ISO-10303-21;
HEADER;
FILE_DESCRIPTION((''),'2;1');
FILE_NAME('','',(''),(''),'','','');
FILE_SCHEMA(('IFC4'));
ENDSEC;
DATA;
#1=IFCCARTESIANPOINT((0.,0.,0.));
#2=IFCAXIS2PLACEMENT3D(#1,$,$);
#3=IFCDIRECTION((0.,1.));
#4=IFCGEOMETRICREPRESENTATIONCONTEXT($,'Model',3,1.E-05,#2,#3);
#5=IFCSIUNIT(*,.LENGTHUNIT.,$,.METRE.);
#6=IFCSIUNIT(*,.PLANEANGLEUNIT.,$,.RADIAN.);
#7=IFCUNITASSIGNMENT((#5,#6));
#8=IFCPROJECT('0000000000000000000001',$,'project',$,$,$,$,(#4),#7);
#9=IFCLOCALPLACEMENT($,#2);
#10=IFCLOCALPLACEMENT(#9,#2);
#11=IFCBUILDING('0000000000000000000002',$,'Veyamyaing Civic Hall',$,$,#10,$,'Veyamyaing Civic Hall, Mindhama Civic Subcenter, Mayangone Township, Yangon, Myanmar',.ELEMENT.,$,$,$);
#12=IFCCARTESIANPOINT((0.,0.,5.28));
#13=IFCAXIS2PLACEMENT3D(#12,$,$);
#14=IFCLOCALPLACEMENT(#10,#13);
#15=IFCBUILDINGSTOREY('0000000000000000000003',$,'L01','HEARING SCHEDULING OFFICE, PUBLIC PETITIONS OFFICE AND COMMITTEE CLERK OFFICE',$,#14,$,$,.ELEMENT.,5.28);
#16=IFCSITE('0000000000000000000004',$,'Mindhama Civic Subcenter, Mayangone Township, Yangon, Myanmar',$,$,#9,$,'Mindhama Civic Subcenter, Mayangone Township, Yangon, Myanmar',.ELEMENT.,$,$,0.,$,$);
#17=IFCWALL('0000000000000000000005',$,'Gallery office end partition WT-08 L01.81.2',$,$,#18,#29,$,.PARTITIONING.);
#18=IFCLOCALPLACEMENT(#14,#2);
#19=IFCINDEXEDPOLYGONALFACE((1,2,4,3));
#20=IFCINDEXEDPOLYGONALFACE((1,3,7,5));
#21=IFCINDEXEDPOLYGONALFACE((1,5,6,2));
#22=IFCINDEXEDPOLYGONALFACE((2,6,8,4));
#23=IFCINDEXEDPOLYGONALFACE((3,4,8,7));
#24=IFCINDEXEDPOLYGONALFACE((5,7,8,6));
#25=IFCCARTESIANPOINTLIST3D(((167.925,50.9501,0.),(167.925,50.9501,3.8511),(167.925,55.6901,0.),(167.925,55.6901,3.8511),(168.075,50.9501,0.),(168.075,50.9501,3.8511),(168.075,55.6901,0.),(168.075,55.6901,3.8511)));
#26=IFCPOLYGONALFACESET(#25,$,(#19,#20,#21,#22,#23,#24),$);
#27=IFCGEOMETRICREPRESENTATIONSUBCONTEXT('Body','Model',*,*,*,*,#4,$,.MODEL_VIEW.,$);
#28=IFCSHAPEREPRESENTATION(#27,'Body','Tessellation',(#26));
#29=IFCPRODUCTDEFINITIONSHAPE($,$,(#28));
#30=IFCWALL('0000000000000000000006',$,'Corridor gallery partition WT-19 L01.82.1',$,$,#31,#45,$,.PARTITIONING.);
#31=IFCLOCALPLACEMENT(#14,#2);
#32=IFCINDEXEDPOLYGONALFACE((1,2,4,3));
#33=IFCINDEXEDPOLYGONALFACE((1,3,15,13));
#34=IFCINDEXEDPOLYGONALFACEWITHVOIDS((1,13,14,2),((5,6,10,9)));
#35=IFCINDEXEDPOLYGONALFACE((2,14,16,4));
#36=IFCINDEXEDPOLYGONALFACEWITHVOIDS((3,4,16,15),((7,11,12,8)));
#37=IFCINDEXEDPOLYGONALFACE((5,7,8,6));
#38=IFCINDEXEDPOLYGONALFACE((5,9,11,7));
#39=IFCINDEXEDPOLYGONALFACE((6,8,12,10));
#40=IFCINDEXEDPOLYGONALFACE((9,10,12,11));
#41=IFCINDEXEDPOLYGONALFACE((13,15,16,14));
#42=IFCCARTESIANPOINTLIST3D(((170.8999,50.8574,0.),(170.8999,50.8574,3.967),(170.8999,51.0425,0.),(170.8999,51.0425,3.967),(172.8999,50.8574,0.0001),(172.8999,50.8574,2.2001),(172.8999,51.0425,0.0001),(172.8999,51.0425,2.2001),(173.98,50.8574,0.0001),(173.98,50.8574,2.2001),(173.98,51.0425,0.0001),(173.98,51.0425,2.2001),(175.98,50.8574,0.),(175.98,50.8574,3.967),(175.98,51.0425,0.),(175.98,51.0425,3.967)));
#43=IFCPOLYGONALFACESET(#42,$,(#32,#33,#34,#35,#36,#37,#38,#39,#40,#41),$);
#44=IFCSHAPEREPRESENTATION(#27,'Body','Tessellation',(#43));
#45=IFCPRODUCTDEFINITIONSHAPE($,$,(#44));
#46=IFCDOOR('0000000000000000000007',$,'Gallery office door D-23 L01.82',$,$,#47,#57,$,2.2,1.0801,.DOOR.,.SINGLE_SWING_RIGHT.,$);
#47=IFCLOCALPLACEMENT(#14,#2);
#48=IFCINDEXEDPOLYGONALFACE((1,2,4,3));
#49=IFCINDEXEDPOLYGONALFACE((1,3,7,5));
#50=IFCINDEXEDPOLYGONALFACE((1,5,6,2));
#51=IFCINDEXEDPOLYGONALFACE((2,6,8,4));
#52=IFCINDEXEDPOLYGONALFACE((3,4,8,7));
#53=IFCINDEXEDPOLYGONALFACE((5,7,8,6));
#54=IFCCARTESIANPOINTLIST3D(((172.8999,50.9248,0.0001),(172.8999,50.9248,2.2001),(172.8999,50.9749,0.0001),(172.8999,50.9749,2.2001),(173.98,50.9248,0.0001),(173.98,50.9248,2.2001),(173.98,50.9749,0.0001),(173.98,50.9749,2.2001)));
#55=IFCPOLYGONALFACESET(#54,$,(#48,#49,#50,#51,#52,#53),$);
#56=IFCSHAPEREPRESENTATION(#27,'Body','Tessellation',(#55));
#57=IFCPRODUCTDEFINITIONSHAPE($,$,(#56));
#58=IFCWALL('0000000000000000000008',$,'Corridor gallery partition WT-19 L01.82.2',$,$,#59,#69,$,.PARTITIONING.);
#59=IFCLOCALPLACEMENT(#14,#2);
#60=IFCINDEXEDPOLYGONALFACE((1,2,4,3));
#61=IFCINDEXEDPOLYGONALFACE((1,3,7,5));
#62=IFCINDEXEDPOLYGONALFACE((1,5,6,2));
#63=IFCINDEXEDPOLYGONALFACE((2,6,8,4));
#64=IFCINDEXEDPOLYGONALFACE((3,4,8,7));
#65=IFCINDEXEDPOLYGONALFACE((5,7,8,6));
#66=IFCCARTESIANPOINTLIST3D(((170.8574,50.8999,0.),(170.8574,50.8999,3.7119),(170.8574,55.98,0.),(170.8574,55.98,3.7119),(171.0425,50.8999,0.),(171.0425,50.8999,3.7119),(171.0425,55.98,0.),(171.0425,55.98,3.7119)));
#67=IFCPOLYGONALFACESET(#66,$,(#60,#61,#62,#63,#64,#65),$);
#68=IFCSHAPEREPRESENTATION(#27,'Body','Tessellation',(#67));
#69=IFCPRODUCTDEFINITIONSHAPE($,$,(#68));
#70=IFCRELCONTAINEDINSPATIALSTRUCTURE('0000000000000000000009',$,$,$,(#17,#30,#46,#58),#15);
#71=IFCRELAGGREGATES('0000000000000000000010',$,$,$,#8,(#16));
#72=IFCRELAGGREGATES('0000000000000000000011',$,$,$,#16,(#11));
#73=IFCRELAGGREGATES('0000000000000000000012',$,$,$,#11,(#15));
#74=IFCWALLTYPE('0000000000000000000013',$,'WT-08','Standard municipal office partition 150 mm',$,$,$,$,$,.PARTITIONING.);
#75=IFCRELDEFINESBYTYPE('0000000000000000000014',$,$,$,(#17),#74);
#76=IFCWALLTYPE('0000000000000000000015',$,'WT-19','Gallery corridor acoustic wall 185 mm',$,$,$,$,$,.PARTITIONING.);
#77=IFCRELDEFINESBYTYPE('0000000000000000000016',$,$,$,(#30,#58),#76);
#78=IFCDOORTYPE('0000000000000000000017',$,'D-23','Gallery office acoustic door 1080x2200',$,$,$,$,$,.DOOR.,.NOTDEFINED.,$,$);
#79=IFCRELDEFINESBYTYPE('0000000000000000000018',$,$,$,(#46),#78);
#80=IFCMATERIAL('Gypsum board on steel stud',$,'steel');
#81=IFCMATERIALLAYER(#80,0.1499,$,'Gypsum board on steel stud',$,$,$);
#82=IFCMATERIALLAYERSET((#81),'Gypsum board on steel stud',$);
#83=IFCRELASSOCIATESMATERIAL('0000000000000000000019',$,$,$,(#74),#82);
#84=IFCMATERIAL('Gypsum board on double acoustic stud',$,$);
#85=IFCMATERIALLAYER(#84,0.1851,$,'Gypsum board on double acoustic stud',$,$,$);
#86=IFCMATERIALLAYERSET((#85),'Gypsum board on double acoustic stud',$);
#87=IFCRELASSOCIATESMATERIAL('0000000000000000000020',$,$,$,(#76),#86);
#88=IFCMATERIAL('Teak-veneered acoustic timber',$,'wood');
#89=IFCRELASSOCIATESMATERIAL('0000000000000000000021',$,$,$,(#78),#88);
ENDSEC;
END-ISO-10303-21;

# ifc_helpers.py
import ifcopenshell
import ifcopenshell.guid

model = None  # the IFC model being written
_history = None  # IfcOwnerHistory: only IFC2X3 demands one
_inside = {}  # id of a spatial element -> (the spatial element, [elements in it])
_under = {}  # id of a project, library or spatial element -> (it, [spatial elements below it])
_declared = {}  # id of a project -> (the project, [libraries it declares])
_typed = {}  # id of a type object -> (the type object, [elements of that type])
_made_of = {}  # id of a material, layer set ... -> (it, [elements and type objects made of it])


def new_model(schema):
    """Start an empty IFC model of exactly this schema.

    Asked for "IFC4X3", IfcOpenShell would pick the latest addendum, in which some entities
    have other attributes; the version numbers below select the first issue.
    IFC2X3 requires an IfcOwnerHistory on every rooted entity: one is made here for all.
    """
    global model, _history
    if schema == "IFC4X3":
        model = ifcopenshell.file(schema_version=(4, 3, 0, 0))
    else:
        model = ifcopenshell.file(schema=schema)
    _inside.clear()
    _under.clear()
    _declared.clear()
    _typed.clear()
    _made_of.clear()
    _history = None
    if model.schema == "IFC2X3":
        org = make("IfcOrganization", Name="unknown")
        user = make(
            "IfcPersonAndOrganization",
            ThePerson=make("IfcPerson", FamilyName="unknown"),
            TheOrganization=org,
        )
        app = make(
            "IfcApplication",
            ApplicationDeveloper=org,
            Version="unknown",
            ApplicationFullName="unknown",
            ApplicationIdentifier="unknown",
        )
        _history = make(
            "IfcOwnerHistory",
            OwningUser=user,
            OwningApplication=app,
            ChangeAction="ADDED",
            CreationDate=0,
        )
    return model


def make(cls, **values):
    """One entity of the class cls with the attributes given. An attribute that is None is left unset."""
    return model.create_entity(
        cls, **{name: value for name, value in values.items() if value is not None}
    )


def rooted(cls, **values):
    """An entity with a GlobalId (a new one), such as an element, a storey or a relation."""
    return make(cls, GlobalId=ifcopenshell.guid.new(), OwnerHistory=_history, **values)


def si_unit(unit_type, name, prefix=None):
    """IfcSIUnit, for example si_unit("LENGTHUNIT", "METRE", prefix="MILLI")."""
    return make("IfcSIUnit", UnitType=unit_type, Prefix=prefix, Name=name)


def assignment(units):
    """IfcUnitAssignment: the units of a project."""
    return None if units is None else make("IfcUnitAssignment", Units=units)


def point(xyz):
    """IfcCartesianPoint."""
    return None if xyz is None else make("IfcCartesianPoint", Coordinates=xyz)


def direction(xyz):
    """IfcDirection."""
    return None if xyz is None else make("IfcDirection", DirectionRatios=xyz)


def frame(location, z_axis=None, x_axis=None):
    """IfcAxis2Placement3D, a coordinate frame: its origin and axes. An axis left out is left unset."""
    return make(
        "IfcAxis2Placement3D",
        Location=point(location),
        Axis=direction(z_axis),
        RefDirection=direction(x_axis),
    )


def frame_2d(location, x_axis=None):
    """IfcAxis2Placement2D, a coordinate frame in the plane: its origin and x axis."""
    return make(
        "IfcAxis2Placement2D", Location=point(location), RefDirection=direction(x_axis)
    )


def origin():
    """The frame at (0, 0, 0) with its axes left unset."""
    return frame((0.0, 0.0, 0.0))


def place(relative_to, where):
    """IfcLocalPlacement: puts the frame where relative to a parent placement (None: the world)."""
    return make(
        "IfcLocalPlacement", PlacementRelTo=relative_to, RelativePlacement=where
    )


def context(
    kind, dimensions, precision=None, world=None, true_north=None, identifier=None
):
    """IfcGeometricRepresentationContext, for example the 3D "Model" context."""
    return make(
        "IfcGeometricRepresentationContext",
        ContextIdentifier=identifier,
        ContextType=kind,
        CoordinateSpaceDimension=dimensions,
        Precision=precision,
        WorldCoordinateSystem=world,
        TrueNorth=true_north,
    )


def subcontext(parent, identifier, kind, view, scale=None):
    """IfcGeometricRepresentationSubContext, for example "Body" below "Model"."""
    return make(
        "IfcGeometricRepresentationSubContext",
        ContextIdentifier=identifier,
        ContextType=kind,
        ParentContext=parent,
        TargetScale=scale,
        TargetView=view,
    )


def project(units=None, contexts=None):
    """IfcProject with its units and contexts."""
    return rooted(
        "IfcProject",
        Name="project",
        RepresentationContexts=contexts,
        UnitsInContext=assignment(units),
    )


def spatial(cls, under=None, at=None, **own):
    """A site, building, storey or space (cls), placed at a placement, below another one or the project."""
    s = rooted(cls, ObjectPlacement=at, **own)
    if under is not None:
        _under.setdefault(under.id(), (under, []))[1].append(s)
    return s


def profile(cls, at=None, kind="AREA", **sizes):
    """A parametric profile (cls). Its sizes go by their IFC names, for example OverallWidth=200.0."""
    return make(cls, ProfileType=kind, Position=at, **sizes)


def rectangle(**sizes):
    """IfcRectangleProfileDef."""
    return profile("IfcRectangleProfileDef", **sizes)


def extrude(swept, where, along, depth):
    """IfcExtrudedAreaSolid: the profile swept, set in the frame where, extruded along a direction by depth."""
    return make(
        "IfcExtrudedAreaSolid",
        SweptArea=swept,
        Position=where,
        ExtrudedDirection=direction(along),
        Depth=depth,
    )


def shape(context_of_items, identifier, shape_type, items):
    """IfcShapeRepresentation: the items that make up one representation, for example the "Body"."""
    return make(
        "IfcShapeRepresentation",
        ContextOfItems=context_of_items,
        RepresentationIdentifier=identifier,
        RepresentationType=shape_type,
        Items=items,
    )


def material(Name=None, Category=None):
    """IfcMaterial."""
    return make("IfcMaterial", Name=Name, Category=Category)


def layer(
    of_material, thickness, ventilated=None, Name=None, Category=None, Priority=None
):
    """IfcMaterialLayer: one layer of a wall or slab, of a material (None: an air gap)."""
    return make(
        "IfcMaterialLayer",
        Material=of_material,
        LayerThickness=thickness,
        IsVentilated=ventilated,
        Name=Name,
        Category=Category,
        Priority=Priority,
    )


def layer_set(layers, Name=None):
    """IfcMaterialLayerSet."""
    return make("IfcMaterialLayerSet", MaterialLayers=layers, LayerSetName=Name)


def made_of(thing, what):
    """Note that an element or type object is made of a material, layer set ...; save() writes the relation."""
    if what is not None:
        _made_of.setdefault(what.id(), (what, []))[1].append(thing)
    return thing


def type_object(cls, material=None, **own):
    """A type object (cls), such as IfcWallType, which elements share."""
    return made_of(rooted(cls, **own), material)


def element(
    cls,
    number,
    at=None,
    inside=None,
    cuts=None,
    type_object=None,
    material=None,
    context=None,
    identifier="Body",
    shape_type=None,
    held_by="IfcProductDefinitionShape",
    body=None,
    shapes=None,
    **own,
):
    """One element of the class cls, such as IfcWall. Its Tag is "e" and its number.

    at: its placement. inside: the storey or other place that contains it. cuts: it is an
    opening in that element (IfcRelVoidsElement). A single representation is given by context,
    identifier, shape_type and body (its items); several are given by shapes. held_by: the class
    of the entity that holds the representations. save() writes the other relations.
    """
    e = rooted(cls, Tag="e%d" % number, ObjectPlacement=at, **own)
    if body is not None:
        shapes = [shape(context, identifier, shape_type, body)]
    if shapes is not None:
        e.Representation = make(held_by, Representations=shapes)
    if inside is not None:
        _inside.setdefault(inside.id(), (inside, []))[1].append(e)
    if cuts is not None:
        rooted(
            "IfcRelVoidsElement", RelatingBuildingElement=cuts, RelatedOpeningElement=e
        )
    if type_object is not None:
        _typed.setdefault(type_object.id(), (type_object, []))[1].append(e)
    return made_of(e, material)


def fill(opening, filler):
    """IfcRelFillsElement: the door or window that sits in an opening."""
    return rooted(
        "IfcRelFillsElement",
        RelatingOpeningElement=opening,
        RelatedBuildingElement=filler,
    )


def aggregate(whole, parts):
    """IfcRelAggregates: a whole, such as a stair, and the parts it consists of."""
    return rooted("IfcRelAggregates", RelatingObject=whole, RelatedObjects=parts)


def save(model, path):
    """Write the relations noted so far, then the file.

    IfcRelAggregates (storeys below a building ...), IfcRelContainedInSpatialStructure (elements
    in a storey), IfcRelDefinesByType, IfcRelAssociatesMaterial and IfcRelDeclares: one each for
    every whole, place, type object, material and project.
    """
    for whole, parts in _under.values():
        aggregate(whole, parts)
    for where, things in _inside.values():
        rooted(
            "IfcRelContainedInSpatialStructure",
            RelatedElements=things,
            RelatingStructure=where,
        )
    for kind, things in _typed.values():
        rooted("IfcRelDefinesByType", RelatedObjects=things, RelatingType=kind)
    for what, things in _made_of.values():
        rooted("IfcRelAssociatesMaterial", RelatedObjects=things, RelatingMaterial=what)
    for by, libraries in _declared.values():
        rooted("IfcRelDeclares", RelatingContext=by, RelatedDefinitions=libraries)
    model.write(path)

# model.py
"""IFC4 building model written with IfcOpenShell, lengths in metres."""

from ifc_helpers import new_model, si_unit, direction, frame, frame_2d, origin, place, context, subcontext, project, spatial, rectangle, extrude, material, layer, layer_set, type_object, element, fill, save


model = new_model("IFC4")

# Units and contexts
model_context = context("Model", 3, precision=1e-05, world=origin(), true_north=direction((0.0, 1.0)))
body_context = subcontext(model_context, "Body", "Model", "MODEL_VIEW")
ifc_project = project(units=[si_unit("LENGTHUNIT", "METRE"), si_unit("PLANEANGLEUNIT", "RADIAN")], contexts=[model_context])

# Site, building, storey
site_placement = place(None, origin())
site = spatial("IfcSite", under=ifc_project, at=site_placement, Name="Mindhama Civic Subcenter, Mayangone Township, Yangon, Myanmar", LongName="Mindhama Civic Subcenter, Mayangone Township, Yangon, Myanmar", CompositionType="ELEMENT", RefElevation=0.0)
building_placement = place(site_placement, origin())
building = spatial("IfcBuilding", under=site, at=building_placement, Name="Veyamyaing Civic Hall", LongName="Veyamyaing Civic Hall, Mindhama Civic Subcenter, Mayangone Township, Yangon, Myanmar", CompositionType="ELEMENT")
storey_placement = place(building_placement, frame((0.0, 0.0, 5.28)))
storey = spatial("IfcBuildingStorey", under=building, at=storey_placement, Name="L01", Description="HEARING SCHEDULING OFFICE, PUBLIC PETITIONS OFFICE AND COMMITTEE CLERK OFFICE", CompositionType="ELEMENT", Elevation=5.28)

# Wall
ifc_material_1 = material(Name="Gypsum board on steel stud", Category="steel")
ifc_layer_1 = layer(ifc_material_1, 0.1499, Name="Gypsum board on steel stud")
ifc_layer_set_1 = layer_set([ifc_layer_1], Name="Gypsum board on steel stud")
wall_type_1 = type_object("IfcWallType", Name="WT-08", Description="Standard municipal office partition 150 mm", PredefinedType="PARTITIONING", material=ifc_layer_set_1)
wall_1_placement = place(storey_placement, frame((168.0, 50.95, 0.0), z_axis=(0.0, 0.0, 1.0), x_axis=(0.0, 1.0, 0.0)))
element("IfcWall", 1, at=wall_1_placement, inside=storey, type_object=wall_type_1, Name="Gallery office end partition WT-08 L01.81.2", PredefinedType="PARTITIONING", context=body_context, shape_type="SweptSolid", body=[
    extrude(rectangle(XDim=4.74, YDim=0.1499, at=frame_2d((2.3701, 0.0))), origin(), (0.0, 0.0, 1.0), 3.8511),
])

# Wall, opening, door
ifc_material_2 = material(Name="Gypsum board on double acoustic stud")
ifc_layer_2 = layer(ifc_material_2, 0.1851, Name="Gypsum board on double acoustic stud")
ifc_layer_set_2 = layer_set([ifc_layer_2], Name="Gypsum board on double acoustic stud")
wall_type_2 = type_object("IfcWallType", Name="WT-19", Description="Gallery corridor acoustic wall 185 mm", PredefinedType="PARTITIONING", material=ifc_layer_set_2)
wall_2_placement = place(storey_placement, frame((170.8999, 50.95, 0.0), z_axis=(0.0, 0.0, 1.0), x_axis=(1.0, 0.0, 0.0)))
wall_2 = element("IfcWall", 2, at=wall_2_placement, inside=storey, type_object=wall_type_2, Name="Corridor gallery partition WT-19 L01.82.1", PredefinedType="PARTITIONING", context=body_context, shape_type="SweptSolid", body=[
    extrude(rectangle(XDim=5.0801, YDim=0.1851, at=frame_2d((2.54, 0.0))), origin(), (0.0, 0.0, 1.0), 3.967),
])
opening_placement = place(wall_2_placement, frame((2.0, 0.0, 0.0)))
opening = element("IfcOpeningElement", 3, at=opening_placement, cuts=wall_2, PredefinedType="OPENING", context=body_context, shape_type="SweptSolid", body=[
    extrude(rectangle(XDim=1.0801, YDim=2.2, at=frame_2d((0.54, 1.1001))), frame((0.0, 0.1025, 0.0), z_axis=(0.0, -1.0, 0.0), x_axis=(1.0, 0.0, 0.0)), (0.0, 0.0, 1.0), 0.2051),
])
ifc_material_3 = material(Name="Teak-veneered acoustic timber", Category="wood")
door_type = type_object("IfcDoorType", Name="D-23", Description="Gallery office acoustic door 1080x2200", OperationType="NOTDEFINED", PredefinedType="DOOR", material=ifc_material_3)
door_placement = place(opening_placement, origin())
door = element("IfcDoor", 4, at=door_placement, inside=storey, type_object=door_type, Name="Gallery office door D-23 L01.82", OperationType="SINGLE_SWING_RIGHT", OverallHeight=2.2, OverallWidth=1.0801, PredefinedType="DOOR", context=body_context, shape_type="SweptSolid", body=[
    extrude(rectangle(XDim=1.0801, YDim=2.2, at=frame_2d((0.54, 1.1001))), frame((0.0, 0.0249, 0.0), z_axis=(0.0, -1.0, 0.0), x_axis=(1.0, 0.0, 0.0)), (0.0, 0.0, 1.0), 0.05),
])
fill(opening, door)

# Wall
wall_3_placement = place(storey_placement, frame((170.95, 50.8999, 0.0), z_axis=(0.0, 0.0, 1.0), x_axis=(0.0, 1.0, 0.0)))
element("IfcWall", 5, at=wall_3_placement, inside=storey, type_object=wall_type_2, Name="Corridor gallery partition WT-19 L01.82.2", PredefinedType="PARTITIONING", context=body_context, shape_type="SweptSolid", body=[
    extrude(rectangle(XDim=5.0801, YDim=0.1851, at=frame_2d((2.54, 0.0))), origin(), (0.0, 0.0, 1.0), 3.7119),
])

save(model, "model.ifc")
